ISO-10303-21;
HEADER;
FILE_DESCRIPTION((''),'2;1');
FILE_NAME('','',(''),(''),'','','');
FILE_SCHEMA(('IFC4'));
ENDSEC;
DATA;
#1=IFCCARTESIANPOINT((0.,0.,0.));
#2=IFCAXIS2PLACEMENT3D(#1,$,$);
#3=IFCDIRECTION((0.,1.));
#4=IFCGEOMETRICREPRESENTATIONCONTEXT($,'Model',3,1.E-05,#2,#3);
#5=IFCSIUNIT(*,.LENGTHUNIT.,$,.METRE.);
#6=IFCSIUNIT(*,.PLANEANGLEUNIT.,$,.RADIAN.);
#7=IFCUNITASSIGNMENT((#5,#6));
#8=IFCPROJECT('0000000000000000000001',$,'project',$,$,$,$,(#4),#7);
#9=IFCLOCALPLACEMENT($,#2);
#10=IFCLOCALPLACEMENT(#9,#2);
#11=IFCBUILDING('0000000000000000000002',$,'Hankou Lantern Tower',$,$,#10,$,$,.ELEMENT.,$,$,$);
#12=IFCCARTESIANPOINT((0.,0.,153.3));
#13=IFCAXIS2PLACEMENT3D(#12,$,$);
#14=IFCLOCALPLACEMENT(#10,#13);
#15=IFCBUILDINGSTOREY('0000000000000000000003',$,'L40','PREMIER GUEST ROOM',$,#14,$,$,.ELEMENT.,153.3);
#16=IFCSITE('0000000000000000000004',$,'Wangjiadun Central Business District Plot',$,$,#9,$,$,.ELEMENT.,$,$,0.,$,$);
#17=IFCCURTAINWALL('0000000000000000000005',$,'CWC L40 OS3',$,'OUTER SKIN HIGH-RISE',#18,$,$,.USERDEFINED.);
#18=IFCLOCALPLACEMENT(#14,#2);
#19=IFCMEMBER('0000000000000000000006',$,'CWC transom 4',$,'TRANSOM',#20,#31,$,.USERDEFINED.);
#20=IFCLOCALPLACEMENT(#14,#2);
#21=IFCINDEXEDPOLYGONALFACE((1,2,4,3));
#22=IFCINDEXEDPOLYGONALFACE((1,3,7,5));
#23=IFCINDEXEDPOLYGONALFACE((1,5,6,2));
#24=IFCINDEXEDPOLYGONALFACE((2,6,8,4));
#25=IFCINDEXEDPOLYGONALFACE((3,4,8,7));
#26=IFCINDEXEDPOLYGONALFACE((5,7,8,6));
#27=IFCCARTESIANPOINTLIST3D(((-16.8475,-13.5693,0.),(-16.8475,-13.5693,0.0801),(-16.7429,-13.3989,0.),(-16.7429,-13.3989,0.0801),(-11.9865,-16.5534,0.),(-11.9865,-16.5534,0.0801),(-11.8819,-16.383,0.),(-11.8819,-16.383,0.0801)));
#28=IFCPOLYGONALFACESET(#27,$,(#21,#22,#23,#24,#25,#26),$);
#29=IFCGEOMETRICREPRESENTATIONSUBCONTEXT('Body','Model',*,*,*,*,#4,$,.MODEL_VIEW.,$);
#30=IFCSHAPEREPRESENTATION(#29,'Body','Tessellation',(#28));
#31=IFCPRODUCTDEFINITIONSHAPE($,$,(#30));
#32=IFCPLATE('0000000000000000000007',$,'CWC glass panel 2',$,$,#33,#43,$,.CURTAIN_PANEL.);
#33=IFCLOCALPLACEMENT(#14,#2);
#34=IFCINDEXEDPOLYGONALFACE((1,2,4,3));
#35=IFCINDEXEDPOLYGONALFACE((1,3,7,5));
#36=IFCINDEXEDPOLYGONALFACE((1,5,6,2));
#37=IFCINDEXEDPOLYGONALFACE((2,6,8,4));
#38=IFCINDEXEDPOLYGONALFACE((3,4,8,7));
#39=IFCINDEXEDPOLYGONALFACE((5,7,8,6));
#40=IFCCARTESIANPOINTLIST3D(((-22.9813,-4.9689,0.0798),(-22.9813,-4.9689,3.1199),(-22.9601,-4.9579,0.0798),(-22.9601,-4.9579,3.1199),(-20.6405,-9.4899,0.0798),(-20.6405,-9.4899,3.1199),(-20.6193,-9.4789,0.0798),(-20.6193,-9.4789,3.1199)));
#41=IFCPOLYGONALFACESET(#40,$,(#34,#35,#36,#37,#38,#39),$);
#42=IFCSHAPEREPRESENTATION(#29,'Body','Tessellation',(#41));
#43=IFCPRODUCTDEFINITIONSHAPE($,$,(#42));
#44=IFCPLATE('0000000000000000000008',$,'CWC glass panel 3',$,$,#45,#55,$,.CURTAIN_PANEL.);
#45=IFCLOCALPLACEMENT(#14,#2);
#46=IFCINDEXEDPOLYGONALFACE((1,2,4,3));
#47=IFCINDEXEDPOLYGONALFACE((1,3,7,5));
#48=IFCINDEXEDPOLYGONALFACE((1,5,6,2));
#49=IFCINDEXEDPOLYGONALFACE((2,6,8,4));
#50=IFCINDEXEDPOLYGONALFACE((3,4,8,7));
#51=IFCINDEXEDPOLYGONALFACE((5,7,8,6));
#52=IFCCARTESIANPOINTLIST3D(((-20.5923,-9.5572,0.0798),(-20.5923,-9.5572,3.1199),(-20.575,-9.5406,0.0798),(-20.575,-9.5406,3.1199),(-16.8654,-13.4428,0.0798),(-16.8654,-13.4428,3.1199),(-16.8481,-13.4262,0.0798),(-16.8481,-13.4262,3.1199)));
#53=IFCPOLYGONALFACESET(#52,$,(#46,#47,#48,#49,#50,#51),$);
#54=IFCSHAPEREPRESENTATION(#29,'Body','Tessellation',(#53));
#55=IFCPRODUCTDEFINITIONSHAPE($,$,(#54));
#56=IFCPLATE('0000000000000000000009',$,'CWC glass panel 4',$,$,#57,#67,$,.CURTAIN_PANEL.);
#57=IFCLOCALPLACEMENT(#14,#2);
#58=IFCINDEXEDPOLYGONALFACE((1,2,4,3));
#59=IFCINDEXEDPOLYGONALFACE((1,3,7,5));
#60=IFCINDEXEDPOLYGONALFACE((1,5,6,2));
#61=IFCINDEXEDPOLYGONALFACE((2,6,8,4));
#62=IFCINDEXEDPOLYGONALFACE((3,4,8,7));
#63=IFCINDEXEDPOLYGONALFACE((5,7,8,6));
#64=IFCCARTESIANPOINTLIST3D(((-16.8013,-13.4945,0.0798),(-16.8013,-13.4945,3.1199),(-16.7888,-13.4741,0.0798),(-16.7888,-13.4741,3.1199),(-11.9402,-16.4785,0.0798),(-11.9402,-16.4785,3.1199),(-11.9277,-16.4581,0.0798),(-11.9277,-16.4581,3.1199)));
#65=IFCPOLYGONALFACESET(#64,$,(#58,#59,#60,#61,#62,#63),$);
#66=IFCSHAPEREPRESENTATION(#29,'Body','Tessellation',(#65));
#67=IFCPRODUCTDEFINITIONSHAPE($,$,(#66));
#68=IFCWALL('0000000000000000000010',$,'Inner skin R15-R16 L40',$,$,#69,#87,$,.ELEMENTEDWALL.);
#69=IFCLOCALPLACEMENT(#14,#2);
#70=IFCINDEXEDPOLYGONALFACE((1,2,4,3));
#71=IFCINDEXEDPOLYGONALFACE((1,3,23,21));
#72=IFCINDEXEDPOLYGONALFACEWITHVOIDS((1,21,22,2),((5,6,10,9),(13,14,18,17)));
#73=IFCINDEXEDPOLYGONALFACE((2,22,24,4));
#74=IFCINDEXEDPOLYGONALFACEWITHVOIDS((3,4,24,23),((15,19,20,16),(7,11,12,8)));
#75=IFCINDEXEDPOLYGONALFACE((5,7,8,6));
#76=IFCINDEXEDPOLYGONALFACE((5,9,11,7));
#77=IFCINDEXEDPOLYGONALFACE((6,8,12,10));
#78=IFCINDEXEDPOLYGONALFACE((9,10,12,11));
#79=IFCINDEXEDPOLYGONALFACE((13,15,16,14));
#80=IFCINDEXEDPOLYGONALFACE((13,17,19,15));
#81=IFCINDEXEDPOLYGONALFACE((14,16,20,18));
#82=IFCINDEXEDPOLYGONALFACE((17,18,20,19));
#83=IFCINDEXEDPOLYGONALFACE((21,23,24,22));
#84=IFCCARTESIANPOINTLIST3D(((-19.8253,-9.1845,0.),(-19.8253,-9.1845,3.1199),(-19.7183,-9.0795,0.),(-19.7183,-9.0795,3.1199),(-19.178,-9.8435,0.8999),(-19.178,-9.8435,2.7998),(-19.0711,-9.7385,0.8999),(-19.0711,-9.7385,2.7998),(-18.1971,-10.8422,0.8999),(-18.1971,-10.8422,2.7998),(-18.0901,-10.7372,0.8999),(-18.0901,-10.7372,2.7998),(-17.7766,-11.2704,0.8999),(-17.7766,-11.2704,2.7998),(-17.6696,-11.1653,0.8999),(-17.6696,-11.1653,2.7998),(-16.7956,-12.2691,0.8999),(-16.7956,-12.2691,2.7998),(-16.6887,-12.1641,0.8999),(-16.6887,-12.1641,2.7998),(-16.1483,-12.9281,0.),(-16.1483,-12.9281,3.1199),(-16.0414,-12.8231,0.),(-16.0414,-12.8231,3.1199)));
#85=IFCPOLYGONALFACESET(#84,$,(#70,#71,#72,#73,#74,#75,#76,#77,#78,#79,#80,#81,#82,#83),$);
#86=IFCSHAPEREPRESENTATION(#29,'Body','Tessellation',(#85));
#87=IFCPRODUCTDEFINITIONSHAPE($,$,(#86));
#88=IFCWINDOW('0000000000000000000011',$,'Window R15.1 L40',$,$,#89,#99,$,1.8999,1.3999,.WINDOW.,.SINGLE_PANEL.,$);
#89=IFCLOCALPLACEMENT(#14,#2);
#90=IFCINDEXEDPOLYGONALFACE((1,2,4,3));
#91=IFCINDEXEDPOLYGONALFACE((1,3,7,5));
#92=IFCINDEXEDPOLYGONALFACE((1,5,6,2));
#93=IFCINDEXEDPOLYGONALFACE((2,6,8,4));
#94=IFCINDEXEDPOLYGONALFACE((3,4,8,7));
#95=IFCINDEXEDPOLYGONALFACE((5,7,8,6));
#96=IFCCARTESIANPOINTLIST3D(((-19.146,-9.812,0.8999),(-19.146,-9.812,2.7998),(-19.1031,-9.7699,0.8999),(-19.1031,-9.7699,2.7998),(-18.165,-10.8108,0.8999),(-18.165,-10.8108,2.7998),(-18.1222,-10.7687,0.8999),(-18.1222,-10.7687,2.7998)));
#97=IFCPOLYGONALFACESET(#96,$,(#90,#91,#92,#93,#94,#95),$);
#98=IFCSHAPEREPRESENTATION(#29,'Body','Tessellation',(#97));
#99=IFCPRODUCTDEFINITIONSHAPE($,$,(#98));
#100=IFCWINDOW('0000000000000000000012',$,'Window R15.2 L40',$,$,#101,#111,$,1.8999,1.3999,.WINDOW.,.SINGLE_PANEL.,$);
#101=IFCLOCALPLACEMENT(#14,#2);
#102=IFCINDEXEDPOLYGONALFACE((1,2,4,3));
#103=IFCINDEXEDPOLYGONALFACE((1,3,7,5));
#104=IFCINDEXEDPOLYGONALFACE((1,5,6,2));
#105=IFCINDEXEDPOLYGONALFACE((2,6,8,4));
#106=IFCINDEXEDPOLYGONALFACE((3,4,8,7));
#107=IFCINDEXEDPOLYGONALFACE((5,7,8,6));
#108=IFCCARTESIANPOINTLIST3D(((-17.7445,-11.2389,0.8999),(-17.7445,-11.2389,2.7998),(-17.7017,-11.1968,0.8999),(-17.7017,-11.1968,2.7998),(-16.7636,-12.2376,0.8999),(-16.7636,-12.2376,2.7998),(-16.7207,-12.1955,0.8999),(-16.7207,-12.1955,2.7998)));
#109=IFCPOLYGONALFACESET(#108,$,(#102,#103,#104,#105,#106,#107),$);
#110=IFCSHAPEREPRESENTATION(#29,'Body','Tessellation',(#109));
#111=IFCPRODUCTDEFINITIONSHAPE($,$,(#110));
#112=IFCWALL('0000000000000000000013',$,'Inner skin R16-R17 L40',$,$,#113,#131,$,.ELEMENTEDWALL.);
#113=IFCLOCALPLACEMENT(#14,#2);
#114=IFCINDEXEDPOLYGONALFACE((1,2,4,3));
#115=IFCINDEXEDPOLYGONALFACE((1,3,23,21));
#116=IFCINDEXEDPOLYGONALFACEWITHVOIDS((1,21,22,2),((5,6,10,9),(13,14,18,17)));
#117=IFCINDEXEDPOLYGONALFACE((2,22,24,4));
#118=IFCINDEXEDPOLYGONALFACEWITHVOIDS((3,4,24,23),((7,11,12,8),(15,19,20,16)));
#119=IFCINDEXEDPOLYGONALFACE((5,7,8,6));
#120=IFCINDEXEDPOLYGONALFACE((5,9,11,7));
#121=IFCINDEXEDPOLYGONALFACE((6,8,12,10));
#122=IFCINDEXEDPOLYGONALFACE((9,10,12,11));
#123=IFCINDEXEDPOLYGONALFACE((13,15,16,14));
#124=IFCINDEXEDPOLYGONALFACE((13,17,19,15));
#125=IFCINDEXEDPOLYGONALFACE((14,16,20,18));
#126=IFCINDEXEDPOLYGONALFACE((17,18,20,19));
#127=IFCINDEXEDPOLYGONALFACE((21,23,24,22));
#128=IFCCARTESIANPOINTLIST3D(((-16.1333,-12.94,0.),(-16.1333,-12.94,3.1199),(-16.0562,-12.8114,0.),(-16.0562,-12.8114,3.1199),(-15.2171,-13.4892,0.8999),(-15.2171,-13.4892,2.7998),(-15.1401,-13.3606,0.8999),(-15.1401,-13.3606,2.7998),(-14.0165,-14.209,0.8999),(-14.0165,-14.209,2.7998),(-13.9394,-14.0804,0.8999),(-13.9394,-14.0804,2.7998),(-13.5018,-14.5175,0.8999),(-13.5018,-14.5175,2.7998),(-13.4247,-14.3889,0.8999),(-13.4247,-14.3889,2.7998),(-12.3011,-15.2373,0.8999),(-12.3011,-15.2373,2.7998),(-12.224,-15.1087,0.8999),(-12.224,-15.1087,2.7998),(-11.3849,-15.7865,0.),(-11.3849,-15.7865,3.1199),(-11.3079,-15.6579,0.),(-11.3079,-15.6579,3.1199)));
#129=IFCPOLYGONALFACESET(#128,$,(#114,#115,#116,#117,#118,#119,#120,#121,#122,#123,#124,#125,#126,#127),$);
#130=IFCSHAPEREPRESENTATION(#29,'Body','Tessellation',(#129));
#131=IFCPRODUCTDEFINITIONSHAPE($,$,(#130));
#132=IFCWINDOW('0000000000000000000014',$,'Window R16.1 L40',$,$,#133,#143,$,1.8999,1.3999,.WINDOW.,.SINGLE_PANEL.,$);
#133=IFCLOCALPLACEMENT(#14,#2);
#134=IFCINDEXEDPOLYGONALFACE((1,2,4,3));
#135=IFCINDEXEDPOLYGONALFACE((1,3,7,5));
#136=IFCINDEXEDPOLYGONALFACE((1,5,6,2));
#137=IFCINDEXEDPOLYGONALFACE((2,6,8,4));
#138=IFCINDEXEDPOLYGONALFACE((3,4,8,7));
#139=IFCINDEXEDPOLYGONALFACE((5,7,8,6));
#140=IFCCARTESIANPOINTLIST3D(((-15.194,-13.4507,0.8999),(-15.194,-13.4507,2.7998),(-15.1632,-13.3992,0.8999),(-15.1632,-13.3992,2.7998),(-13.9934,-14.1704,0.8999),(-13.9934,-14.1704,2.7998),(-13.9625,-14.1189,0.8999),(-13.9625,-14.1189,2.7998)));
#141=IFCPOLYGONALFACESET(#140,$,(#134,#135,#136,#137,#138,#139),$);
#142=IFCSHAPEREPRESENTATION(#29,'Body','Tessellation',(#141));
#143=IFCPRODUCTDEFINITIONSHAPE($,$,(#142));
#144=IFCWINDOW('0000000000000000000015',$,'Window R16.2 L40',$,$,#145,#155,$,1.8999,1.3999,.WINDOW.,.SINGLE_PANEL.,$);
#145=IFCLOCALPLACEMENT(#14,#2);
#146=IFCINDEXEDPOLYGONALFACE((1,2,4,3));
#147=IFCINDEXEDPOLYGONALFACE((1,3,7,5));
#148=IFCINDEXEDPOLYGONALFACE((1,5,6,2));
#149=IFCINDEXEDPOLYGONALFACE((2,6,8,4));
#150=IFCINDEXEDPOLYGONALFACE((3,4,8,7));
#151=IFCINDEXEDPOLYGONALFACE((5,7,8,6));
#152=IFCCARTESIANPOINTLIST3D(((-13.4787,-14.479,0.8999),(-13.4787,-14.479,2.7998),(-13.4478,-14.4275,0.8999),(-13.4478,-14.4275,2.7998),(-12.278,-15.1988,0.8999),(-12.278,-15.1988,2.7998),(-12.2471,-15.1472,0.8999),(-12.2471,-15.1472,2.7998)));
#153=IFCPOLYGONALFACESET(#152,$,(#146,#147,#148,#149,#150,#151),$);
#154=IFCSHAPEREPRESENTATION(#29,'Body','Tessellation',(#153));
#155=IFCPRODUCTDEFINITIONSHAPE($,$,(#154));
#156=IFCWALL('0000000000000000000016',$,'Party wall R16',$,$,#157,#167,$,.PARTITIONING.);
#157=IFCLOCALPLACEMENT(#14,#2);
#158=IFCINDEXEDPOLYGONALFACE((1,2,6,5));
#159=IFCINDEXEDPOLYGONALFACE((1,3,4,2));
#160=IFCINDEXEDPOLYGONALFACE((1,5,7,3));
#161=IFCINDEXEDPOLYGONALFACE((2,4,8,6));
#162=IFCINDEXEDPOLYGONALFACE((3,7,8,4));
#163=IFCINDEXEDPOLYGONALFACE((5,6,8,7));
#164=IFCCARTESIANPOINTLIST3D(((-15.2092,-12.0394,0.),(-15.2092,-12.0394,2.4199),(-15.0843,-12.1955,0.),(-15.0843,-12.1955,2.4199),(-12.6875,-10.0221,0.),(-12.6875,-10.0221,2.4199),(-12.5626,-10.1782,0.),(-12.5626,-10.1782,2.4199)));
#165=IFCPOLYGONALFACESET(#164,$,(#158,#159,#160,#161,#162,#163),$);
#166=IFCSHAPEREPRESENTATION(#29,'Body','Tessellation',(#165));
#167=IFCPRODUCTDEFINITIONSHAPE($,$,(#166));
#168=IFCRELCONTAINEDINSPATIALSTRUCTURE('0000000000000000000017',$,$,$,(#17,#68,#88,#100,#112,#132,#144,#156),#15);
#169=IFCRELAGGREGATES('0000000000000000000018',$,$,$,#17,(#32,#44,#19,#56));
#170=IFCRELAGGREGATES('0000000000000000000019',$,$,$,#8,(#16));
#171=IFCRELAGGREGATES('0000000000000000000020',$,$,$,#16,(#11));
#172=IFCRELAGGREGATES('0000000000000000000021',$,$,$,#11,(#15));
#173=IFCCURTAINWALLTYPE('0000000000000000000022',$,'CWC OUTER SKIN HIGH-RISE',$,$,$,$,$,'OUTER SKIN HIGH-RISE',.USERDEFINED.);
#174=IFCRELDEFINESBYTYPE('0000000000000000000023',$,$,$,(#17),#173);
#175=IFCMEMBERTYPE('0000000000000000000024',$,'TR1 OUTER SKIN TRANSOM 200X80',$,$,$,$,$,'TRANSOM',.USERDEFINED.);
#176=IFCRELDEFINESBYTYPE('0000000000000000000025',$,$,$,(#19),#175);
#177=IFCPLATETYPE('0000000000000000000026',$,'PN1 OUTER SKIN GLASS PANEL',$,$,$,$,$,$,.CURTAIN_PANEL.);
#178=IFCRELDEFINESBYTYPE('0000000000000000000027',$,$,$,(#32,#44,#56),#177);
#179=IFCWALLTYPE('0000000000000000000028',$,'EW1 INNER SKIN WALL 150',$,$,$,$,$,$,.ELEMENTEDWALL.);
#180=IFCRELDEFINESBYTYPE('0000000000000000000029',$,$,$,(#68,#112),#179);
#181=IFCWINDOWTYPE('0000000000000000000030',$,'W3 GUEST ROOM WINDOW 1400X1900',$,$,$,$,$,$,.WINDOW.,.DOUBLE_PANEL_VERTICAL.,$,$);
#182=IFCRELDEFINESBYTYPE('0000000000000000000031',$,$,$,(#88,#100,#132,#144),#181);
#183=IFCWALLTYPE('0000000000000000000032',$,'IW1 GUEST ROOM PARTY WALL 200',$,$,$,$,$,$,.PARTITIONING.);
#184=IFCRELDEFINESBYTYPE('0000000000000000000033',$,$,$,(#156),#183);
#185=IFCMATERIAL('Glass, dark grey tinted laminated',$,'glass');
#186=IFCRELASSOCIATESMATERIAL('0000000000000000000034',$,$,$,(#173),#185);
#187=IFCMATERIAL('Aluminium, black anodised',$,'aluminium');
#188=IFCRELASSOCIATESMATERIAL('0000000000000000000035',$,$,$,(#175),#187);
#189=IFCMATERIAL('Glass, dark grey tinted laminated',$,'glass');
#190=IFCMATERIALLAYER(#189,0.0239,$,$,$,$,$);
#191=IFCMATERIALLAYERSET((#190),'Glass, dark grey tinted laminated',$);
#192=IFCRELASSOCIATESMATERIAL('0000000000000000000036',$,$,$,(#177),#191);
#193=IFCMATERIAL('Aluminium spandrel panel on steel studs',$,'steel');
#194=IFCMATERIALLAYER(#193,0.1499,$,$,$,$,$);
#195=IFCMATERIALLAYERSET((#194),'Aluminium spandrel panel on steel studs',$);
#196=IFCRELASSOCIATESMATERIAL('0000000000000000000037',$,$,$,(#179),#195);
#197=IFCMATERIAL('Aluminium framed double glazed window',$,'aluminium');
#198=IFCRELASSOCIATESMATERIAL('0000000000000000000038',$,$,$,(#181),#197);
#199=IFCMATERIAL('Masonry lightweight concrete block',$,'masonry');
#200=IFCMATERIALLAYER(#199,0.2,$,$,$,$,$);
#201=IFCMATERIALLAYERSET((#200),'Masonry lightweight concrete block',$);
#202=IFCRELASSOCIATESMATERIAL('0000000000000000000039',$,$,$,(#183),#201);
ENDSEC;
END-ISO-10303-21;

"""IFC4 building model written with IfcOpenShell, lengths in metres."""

from ifc_helpers import new_model, si_unit, direction, frame, frame_2d, origin, origin_2d, place, context, subcontext, project, spatial, rectangle, extrude, material, layer, layer_set, material_profile, profile_set, type_object, element, fill, aggregate, save


model = new_model("IFC4")

# Units and contexts
model_context = context("Model", 3, precision=1e-05, world=origin(), true_north=direction((0.0, 1.0)))
body_context = subcontext(model_context, "Body", "Model", "MODEL_VIEW")
ifc_project = project(units=[si_unit("LENGTHUNIT", "METRE"), si_unit("PLANEANGLEUNIT", "RADIAN")], contexts=[model_context])

# Site, building, storey
site_placement = place(None, origin())
site = spatial("IfcSite", under=ifc_project, at=site_placement, Name="Wangjiadun Central Business District Plot", CompositionType="ELEMENT", RefElevation=0.0)
building_placement = place(site_placement, origin())
building = spatial("IfcBuilding", under=site, at=building_placement, Name="Hankou Lantern Tower", CompositionType="ELEMENT")
storey_placement = place(building_placement, frame((0.0, 0.0, 153.3)))
storey = spatial("IfcBuildingStorey", under=building, at=storey_placement, Name="L40", Description="PREMIER GUEST ROOM", CompositionType="ELEMENT", Elevation=153.3)

# Curtain wall
ifc_material_1 = material(Name="Glass, dark grey tinted laminated", Category="glass")
curtain_wall_type = type_object("IfcCurtainWallType", Name="CWC OUTER SKIN HIGH-RISE", ElementType="OUTER SKIN HIGH-RISE", PredefinedType="USERDEFINED", material=ifc_material_1)
curtain_wall_placement = place(storey_placement, origin())
curtain_wall = element("IfcCurtainWall", 1, at=curtain_wall_placement, inside=storey, type_object=curtain_wall_type, Name="CWC L40 OS3", ObjectType="OUTER SKIN HIGH-RISE", PredefinedType="USERDEFINED")

# Member
ifc_material_2 = material(Name="Aluminium, black anodised", Category="aluminium")
ifc_material_profile_1 = material_profile(ifc_material_2, rectangle(XDim=0.2, YDim=0.0801, at=origin_2d()), Name="TR1 200X80")
ifc_profile_set_1 = profile_set([ifc_material_profile_1], Name="Aluminium, black anodised")
member_type_1 = type_object("IfcMemberType", Name="TR1 OUTER SKIN TRANSOM 200X80", ElementType="TRANSOM", PredefinedType="USERDEFINED", material=ifc_profile_set_1)
member_1_placement = place(storey_placement, frame((-16.7952, -13.4841, 0.04), z_axis=(0.852229, -0.523168, 0.0), x_axis=(0.523168, 0.852229, 0.0)))
member_1 = element("IfcMember", 2, at=member_1_placement, type_object=member_type_1, Name="CWC transom 4", ObjectType="TRANSOM", PredefinedType="USERDEFINED", context=body_context, shape_type="SweptSolid", body=[
    extrude(rectangle(XDim=0.2, YDim=0.0801, at=origin_2d()), origin(), (0.0, 0.0, 1.0), 5.7039),
])

# Plates
ifc_material_3 = material(Name="Glass, dark grey tinted laminated", Category="glass")
ifc_layer_1 = layer(ifc_material_3, 0.0239)
ifc_layer_set_1 = layer_set([ifc_layer_1], Name="Glass, dark grey tinted laminated")
plate_type = type_object("IfcPlateType", Name="PN1 OUTER SKIN GLASS PANEL", PredefinedType="CURTAIN_PANEL", material=ifc_layer_set_1)
plate_1_placement = place(storey_placement, frame((-21.8003, -7.2239, 0.0798), z_axis=(0.0, 0.0, 1.0), x_axis=(0.459791, -0.888027, 0.0)))
plate_1 = element("IfcPlate", 3, at=plate_1_placement, type_object=plate_type, Name="CWC glass panel 2", PredefinedType="CURTAIN_PANEL", context=body_context, shape_type="SweptSolid", body=[
    extrude(rectangle(XDim=5.0911, YDim=0.0239, at=origin_2d()), origin(), (0.0, 0.0, 1.0), 3.04),
])
plate_2_placement = place(storey_placement, frame((-18.7202, -11.4917, 0.0798), z_axis=(0.0, 0.0, 1.0), x_axis=(0.692216, -0.721691, 0.0)))
plate_2 = element("IfcPlate", 4, at=plate_2_placement, type_object=plate_type, Name="CWC glass panel 3", PredefinedType="CURTAIN_PANEL", context=body_context, shape_type="SweptSolid", body=[
    extrude(rectangle(XDim=5.384, YDim=0.0239, at=origin_2d()), origin(), (0.0, 0.0, 1.0), 3.04),
])
plate_3_placement = place(storey_placement, frame((-14.3645, -14.9763, 0.0798), z_axis=(0.0, 0.0, 1.0), x_axis=(0.852237, -0.523156, 0.0)))
plate_3 = element("IfcPlate", 5, at=plate_3_placement, type_object=plate_type, Name="CWC glass panel 4", PredefinedType="CURTAIN_PANEL", context=body_context, shape_type="SweptSolid", body=[
    extrude(rectangle(XDim=5.7039, YDim=0.0239, at=origin_2d()), origin(), (0.0, 0.0, 1.0), 3.04),
])
aggregate(curtain_wall, [plate_1, plate_2, member_1, plate_3])

# Walls, openings, windows
ifc_material_4 = material(Name="Aluminium spandrel panel on steel studs", Category="steel")
ifc_layer_2 = layer(ifc_material_4, 0.1499)
ifc_layer_set_2 = layer_set([ifc_layer_2], Name="Aluminium spandrel panel on steel studs")
wall_type_1 = type_object("IfcWallType", Name="EW1 INNER SKIN WALL 150", PredefinedType="ELEMENTEDWALL", material=ifc_layer_set_2)
wall_1_placement = place(storey_placement, frame((-19.7717, -9.1321, 0.0), z_axis=(0.0, 0.0, 1.0), x_axis=(0.700727, -0.713429, 0.0)))
wall_1 = element("IfcWall", 6, at=wall_1_placement, inside=storey, type_object=wall_type_1, Name="Inner skin R15-R16 L40", PredefinedType="ELEMENTEDWALL", context=body_context, shape_type="SweptSolid", body=[
    extrude(rectangle(XDim=5.2473, YDim=0.1499, at=frame_2d((2.6235, 0.0))), origin(), (0.0, 0.0, 1.0), 3.1199),
])
opening_1_placement = place(wall_1_placement, frame((0.9236, 0.0, 0.8999)))
opening_1 = element("IfcOpeningElement", 7, at=opening_1_placement, cuts=wall_1, PredefinedType="OPENING", context=body_context, shape_type="SweptSolid", body=[
    extrude(rectangle(XDim=1.3999, YDim=1.8999, at=frame_2d((0.7, 0.95))), frame((0.0, 0.085, 0.0), z_axis=(0.0, -1.0, 0.0), x_axis=(1.0, 0.0, 0.0)), (0.0, 0.0, 1.0), 0.1699),
])
opening_2_placement = place(wall_1_placement, frame((2.9236, 0.0, 0.8999)))
opening_2 = element("IfcOpeningElement", 8, at=opening_2_placement, cuts=wall_1, PredefinedType="OPENING", context=body_context, shape_type="SweptSolid", body=[
    extrude(rectangle(XDim=1.3999, YDim=1.8999, at=frame_2d((0.7, 0.95))), frame((0.0, 0.085, 0.0), z_axis=(0.0, -1.0, 0.0), x_axis=(1.0, 0.0, 0.0)), (0.0, 0.0, 1.0), 0.1699),
])
ifc_material_5 = material(Name="Aluminium framed double glazed window", Category="aluminium")
window_type = type_object("IfcWindowType", Name="W3 GUEST ROOM WINDOW 1400X1900", PartitioningType="DOUBLE_PANEL_VERTICAL", PredefinedType="WINDOW", material=ifc_material_5)
window_1_placement = place(opening_1_placement, origin())
window_1 = element("IfcWindow", 9, at=window_1_placement, inside=storey, type_object=window_type, Name="Window R15.1 L40", OverallHeight=1.8999, OverallWidth=1.3999, PartitioningType="SINGLE_PANEL", PredefinedType="WINDOW", context=body_context, shape_type="SweptSolid", body=[
    extrude(rectangle(XDim=1.3999, YDim=1.8999, at=frame_2d((0.7, 0.95))), frame((0.0, 0.03, 0.0), z_axis=(0.0, -1.0, 0.0), x_axis=(1.0, 0.0, 0.0)), (0.0, 0.0, 1.0), 0.0601),
])
fill(opening_1, window_1)
window_2_placement = place(opening_2_placement, origin())
window_2 = element("IfcWindow", 10, at=window_2_placement, inside=storey, type_object=window_type, Name="Window R15.2 L40", OverallHeight=1.8999, OverallWidth=1.3999, PartitioningType="SINGLE_PANEL", PredefinedType="WINDOW", context=body_context, shape_type="SweptSolid", body=[
    extrude(rectangle(XDim=1.3999, YDim=1.8999, at=frame_2d((0.7, 0.95))), frame((0.0, 0.03, 0.0), z_axis=(0.0, -1.0, 0.0), x_axis=(1.0, 0.0, 0.0)), (0.0, 0.0, 1.0), 0.0601),
])
fill(opening_2, window_2)
wall_2_placement = place(storey_placement, frame((-16.0947, -12.8757, 0.0), z_axis=(0.0, 0.0, 1.0), x_axis=(0.857695, -0.514158, 0.0)))
wall_2 = element("IfcWall", 11, at=wall_2_placement, inside=storey, type_object=wall_type_1, Name="Inner skin R16-R17 L40", PredefinedType="ELEMENTEDWALL", context=body_context, shape_type="SweptSolid", body=[
    extrude(rectangle(XDim=5.5361, YDim=0.1499, at=frame_2d((2.7681, 0.0))), origin(), (0.0, 0.0, 1.0), 3.1199),
])
opening_3_placement = place(wall_2_placement, frame((1.0681, 0.0, 0.8999)))
opening_3 = element("IfcOpeningElement", 12, at=opening_3_placement, cuts=wall_2, PredefinedType="OPENING", context=body_context, shape_type="SweptSolid", body=[
    extrude(rectangle(XDim=1.3999, YDim=1.8999, at=frame_2d((0.7, 0.95))), frame((0.0, 0.085, 0.0), z_axis=(0.0, -1.0, 0.0), x_axis=(1.0, 0.0, 0.0)), (0.0, 0.0, 1.0), 0.1699),
])
opening_4_placement = place(wall_2_placement, frame((3.0681, 0.0, 0.8999)))
opening_4 = element("IfcOpeningElement", 13, at=opening_4_placement, cuts=wall_2, PredefinedType="OPENING", context=body_context, shape_type="SweptSolid", body=[
    extrude(rectangle(XDim=1.3999, YDim=1.8999, at=frame_2d((0.7, 0.95))), frame((0.0, 0.085, 0.0), z_axis=(0.0, -1.0, 0.0), x_axis=(1.0, 0.0, 0.0)), (0.0, 0.0, 1.0), 0.1699),
])
window_3_placement = place(opening_3_placement, origin())
window_3 = element("IfcWindow", 14, at=window_3_placement, inside=storey, type_object=window_type, Name="Window R16.1 L40", OverallHeight=1.8999, OverallWidth=1.3999, PartitioningType="SINGLE_PANEL", PredefinedType="WINDOW", context=body_context, shape_type="SweptSolid", body=[
    extrude(rectangle(XDim=1.3999, YDim=1.8999, at=frame_2d((0.7, 0.95))), frame((0.0, 0.03, 0.0), z_axis=(0.0, -1.0, 0.0), x_axis=(1.0, 0.0, 0.0)), (0.0, 0.0, 1.0), 0.0601),
])
fill(opening_3, window_3)
window_4_placement = place(opening_4_placement, origin())
window_4 = element("IfcWindow", 15, at=window_4_placement, inside=storey, type_object=window_type, Name="Window R16.2 L40", OverallHeight=1.8999, OverallWidth=1.3999, PartitioningType="SINGLE_PANEL", PredefinedType="WINDOW", context=body_context, shape_type="SweptSolid", body=[
    extrude(rectangle(XDim=1.3999, YDim=1.8999, at=frame_2d((0.7, 0.95))), frame((0.0, 0.03, 0.0), z_axis=(0.0, -1.0, 0.0), x_axis=(1.0, 0.0, 0.0)), (0.0, 0.0, 1.0), 0.0601),
])
fill(opening_4, window_4)

# Wall
ifc_material_6 = material(Name="Masonry lightweight concrete block", Category="masonry")
ifc_layer_3 = layer(ifc_material_6, 0.2)
ifc_layer_set_3 = layer_set([ifc_layer_3], Name="Masonry lightweight concrete block")
wall_type_2 = type_object("IfcWallType", Name="IW1 GUEST ROOM PARTY WALL 200", PredefinedType="PARTITIONING", material=ifc_layer_set_3)
wall_3_placement = place(storey_placement, frame((-12.625, -10.1001, 0.0), z_axis=(0.0, 0.0, 1.0), x_axis=(-0.780876, -0.624686, 0.0)))
element("IfcWall", 16, at=wall_3_placement, inside=storey, type_object=wall_type_2, Name="Party wall R16", PredefinedType="PARTITIONING", context=body_context, shape_type="SweptSolid", body=[
    extrude(rectangle(XDim=3.2292, YDim=0.2, at=frame_2d((1.6147, 0.0))), origin(), (0.0, 0.0, 1.0), 2.4199),
])

save(model, "model.ifc")
